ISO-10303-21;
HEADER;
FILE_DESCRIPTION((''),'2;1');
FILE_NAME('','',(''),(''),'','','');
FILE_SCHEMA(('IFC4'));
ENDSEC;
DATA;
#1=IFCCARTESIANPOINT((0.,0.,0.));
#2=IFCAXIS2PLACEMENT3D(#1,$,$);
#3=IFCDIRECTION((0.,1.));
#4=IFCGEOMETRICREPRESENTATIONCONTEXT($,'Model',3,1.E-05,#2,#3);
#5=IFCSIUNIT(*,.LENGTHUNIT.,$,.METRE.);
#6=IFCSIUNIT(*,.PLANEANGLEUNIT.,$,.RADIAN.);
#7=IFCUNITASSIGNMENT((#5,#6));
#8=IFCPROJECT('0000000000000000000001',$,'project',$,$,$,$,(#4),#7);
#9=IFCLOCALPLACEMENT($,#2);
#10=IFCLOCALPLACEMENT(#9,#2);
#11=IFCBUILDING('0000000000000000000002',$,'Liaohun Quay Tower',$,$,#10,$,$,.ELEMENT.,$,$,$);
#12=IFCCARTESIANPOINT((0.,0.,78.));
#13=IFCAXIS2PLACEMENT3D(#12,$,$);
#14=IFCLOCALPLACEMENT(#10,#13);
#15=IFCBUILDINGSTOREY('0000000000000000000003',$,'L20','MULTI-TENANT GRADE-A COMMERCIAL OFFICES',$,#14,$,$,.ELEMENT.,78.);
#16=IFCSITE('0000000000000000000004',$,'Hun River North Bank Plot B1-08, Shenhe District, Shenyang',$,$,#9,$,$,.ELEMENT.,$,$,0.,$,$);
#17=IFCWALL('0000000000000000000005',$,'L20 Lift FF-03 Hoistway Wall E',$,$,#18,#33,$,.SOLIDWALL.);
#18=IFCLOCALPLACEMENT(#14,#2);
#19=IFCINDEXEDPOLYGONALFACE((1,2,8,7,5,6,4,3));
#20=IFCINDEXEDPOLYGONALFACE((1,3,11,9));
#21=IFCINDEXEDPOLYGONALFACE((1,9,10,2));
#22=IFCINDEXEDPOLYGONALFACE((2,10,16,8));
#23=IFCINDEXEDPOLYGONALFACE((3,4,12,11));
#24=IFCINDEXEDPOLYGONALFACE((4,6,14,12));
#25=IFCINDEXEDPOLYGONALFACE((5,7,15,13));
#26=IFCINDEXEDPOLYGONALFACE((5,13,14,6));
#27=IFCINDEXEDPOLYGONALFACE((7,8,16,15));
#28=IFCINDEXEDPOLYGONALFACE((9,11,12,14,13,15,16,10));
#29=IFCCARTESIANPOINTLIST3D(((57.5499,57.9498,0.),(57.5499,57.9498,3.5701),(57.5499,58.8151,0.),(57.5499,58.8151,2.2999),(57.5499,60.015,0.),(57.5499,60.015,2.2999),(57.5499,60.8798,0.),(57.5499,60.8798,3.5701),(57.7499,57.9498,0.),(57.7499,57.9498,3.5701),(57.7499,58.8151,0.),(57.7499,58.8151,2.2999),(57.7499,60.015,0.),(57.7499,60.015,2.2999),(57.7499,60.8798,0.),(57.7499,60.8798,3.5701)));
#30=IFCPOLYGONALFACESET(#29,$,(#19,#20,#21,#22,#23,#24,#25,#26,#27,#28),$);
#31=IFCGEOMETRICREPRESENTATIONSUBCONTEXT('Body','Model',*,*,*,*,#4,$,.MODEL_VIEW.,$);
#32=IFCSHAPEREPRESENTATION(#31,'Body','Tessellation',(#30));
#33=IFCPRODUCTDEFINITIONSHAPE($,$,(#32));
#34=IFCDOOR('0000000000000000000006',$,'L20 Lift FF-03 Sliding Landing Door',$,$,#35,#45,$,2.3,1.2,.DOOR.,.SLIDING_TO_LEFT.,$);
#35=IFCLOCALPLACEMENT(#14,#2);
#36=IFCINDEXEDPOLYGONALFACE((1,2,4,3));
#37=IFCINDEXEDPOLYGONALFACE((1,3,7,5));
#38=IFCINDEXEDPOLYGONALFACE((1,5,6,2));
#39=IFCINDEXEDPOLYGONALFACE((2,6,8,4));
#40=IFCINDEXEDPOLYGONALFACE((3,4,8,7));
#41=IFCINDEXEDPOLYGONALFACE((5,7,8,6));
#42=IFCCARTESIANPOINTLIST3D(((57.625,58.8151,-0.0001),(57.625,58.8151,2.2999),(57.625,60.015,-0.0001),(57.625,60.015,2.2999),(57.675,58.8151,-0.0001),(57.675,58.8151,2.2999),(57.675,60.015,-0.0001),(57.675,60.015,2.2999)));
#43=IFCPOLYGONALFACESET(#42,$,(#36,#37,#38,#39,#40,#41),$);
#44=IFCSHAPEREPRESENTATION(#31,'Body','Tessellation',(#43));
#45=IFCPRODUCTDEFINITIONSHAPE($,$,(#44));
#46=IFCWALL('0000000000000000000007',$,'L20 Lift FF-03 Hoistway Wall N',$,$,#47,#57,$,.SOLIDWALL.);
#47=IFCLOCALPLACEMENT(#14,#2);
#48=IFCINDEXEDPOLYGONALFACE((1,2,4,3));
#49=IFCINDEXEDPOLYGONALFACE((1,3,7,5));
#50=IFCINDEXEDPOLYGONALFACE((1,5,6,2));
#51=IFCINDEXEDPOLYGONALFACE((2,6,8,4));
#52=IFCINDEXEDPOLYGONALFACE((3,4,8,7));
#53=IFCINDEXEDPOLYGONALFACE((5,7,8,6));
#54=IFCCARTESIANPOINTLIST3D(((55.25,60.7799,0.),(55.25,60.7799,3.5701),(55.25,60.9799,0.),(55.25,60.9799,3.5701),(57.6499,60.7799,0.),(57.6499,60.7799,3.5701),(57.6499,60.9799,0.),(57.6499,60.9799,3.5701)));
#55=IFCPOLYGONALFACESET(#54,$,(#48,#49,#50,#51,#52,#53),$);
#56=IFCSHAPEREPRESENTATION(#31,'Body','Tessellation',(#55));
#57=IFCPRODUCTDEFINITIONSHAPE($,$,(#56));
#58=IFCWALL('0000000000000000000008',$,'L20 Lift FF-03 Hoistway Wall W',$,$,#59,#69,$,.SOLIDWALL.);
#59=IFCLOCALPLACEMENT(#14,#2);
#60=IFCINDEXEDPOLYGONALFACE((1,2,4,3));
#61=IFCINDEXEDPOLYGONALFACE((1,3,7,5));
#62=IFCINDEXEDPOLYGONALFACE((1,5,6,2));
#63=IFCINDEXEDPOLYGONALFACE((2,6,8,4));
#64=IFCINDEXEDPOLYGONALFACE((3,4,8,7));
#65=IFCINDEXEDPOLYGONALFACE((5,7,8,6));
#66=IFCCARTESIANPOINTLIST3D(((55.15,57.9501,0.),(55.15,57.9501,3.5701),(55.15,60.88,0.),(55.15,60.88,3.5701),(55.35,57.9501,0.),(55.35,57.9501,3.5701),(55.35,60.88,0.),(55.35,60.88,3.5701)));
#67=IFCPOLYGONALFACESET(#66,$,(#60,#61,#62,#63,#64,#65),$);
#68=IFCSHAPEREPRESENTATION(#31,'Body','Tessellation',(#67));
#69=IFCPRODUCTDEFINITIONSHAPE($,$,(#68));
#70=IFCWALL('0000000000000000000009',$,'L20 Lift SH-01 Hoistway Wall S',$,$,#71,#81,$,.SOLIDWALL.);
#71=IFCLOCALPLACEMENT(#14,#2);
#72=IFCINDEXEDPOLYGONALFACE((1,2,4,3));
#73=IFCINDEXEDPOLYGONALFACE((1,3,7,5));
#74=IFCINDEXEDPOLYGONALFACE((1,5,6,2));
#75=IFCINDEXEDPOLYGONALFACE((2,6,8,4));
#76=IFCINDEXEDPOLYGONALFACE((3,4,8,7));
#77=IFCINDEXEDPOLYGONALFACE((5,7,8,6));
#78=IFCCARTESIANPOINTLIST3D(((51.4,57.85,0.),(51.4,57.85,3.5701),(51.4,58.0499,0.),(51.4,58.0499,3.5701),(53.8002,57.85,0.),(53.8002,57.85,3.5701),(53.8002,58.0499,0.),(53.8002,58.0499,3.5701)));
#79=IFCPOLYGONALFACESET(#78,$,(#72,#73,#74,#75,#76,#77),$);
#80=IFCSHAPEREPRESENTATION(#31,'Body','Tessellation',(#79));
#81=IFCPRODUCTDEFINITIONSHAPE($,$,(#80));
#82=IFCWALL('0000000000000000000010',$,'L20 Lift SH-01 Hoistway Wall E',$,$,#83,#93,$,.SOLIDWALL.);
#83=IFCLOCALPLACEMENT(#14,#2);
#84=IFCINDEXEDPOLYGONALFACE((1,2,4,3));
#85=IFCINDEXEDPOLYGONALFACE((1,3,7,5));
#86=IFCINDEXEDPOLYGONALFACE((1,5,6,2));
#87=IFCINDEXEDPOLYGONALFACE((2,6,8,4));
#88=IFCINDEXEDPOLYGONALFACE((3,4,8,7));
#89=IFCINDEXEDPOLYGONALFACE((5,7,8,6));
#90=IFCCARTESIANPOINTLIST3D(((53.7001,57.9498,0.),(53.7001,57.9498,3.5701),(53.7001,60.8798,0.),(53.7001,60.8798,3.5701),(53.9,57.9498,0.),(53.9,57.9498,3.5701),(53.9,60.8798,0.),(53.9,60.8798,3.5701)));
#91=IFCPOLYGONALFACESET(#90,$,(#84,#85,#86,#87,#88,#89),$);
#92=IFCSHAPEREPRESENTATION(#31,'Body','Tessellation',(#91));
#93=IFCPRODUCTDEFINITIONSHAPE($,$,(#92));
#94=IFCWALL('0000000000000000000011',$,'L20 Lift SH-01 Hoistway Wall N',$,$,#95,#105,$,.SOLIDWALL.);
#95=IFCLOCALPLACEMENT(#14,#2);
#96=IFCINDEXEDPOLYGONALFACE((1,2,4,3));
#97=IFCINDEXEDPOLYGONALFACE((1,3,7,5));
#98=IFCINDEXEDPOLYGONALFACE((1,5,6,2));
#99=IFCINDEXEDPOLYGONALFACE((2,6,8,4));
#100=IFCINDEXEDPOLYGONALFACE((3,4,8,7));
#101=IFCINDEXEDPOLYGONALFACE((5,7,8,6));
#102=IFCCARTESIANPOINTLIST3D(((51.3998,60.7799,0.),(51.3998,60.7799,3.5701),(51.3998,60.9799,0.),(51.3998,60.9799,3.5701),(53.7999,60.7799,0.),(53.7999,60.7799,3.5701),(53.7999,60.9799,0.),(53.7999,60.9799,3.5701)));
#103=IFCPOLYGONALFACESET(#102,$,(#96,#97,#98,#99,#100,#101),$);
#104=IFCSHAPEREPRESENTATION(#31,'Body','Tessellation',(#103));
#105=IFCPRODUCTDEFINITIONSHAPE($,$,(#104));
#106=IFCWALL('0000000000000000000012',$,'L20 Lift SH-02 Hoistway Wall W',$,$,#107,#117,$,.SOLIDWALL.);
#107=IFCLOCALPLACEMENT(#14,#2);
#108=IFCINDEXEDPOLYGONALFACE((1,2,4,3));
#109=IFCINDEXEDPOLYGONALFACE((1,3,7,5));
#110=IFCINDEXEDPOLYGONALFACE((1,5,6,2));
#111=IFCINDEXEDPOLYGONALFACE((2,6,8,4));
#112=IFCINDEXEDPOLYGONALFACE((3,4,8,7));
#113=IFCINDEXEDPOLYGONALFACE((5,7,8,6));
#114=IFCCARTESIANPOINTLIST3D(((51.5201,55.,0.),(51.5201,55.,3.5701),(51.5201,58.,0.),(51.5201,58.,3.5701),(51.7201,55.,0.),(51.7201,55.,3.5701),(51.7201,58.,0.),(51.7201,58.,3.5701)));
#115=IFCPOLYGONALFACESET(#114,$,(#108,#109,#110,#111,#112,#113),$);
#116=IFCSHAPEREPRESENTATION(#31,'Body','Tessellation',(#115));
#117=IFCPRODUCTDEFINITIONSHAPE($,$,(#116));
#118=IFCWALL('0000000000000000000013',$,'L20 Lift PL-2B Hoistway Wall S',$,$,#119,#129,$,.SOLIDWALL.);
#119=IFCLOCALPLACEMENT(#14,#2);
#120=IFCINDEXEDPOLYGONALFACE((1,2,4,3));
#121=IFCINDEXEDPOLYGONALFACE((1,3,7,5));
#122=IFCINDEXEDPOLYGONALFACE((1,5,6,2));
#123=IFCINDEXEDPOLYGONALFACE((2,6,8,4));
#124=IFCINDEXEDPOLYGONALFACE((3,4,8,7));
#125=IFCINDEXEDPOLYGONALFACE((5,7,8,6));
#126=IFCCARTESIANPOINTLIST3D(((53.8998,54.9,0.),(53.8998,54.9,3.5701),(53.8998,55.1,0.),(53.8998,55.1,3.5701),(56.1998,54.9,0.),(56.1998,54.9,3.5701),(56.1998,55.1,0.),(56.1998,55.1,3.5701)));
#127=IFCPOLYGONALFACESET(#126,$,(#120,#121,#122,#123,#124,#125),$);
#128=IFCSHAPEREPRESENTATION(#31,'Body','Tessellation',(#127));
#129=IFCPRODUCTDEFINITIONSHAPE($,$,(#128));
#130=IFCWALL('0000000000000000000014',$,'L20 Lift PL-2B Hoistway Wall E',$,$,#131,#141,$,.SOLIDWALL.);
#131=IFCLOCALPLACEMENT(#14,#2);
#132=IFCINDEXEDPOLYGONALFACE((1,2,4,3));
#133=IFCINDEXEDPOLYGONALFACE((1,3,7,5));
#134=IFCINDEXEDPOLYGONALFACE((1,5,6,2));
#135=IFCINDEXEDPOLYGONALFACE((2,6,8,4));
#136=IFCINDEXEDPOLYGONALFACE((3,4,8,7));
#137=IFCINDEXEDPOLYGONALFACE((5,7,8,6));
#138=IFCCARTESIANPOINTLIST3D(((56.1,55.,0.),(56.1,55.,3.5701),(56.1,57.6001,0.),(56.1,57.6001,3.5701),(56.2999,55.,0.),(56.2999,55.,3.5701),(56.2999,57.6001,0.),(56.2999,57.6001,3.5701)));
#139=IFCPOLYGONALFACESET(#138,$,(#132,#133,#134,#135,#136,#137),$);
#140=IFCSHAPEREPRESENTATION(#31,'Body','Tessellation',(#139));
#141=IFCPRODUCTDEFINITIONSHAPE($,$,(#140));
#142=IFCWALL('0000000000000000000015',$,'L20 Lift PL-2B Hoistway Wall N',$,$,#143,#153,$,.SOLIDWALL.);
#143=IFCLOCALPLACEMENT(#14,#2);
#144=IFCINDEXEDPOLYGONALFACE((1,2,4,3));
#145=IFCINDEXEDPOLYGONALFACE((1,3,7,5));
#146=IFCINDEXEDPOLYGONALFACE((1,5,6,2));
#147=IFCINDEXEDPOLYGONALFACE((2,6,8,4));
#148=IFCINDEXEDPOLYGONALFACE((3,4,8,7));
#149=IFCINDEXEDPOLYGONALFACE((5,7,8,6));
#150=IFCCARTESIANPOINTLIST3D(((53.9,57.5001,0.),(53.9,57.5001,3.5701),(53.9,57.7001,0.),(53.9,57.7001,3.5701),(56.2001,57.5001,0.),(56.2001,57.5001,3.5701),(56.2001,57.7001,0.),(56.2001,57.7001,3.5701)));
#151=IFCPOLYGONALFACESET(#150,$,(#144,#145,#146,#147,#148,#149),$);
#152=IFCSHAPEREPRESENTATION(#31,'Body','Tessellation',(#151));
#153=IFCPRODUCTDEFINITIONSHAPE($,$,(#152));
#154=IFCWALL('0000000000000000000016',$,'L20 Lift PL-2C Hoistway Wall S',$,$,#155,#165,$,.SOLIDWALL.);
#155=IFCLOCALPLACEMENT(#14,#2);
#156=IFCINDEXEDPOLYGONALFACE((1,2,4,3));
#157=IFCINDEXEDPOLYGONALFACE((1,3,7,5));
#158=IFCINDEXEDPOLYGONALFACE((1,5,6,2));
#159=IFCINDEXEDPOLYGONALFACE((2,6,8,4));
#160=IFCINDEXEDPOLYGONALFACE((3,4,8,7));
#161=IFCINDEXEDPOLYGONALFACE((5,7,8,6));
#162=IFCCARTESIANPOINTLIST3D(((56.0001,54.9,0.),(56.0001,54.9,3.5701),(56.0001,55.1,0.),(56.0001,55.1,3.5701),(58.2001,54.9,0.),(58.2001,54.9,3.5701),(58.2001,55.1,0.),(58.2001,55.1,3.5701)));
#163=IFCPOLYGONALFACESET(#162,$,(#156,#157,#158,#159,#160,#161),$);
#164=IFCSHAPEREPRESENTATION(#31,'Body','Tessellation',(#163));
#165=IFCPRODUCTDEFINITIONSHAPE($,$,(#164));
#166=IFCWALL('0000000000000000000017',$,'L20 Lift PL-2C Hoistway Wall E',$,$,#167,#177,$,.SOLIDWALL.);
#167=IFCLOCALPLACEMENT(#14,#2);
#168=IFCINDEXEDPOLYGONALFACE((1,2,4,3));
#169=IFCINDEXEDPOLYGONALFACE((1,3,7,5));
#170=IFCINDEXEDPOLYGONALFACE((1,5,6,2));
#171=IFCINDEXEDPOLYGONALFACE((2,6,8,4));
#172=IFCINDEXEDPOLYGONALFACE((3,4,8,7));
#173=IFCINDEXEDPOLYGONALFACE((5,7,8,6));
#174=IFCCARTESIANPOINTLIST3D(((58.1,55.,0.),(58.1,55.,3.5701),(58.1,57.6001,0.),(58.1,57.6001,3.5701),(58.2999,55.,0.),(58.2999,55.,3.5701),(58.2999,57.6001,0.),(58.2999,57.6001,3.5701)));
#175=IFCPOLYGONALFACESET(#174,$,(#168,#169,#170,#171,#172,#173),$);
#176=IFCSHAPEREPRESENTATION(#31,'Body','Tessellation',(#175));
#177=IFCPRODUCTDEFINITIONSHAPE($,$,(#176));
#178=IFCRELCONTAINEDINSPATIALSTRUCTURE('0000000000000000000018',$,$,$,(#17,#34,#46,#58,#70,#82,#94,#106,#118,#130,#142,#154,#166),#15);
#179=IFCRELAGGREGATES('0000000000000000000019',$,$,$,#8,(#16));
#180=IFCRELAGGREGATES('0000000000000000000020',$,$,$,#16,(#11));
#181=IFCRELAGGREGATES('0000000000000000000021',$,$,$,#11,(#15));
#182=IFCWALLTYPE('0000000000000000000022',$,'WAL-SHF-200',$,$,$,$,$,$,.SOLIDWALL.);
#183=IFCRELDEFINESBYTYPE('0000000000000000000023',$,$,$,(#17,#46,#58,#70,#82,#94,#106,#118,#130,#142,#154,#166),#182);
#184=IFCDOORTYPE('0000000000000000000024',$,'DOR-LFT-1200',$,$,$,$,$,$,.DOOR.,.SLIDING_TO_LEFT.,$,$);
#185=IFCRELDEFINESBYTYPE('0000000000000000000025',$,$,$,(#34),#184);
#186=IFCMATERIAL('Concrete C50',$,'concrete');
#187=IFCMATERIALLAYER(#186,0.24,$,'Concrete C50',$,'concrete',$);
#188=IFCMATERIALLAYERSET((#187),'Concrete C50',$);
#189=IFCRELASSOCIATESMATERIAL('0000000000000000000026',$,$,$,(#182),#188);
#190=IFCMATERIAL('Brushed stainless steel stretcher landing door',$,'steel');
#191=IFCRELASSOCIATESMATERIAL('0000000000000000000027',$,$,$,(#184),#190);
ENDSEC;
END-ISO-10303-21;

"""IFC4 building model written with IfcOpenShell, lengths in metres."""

from ifc_helpers import new_model, si_unit, direction, frame, frame_2d, origin, place, context, subcontext, project, spatial, rectangle, extrude, source, transform, mapped, material, layer, layer_set, type_object, element, fill, save


model = new_model("IFC4")

# Units and contexts
model_context = context("Model", 3, precision=1e-05, world=origin(), true_north=direction((0.0, 1.0)))
body_context = subcontext(model_context, "Body", "Model", "MODEL_VIEW")
ifc_project = project(units=[si_unit("LENGTHUNIT", "METRE"), si_unit("PLANEANGLEUNIT", "RADIAN")], contexts=[model_context])

# Site, building, storey
site_placement = place(None, origin())
site = spatial("IfcSite", under=ifc_project, at=site_placement, Name="Hun River North Bank Plot B1-08, Shenhe District, Shenyang", CompositionType="ELEMENT", RefElevation=0.0)
building_placement = place(site_placement, origin())
building = spatial("IfcBuilding", under=site, at=building_placement, Name="Liaohun Quay Tower", CompositionType="ELEMENT")
storey_placement = place(building_placement, frame((0.0, 0.0, 78.0)))
storey = spatial("IfcBuildingStorey", under=building, at=storey_placement, Name="L20", Description="MULTI-TENANT GRADE-A COMMERCIAL OFFICES", CompositionType="ELEMENT", Elevation=78.0)

# Shared definitions
ifc_material_1 = material(Name="Concrete C50", Category="concrete")
ifc_layer_1 = layer(ifc_material_1, 0.24, Name="Concrete C50", Category="concrete")
ifc_layer_set_1 = layer_set([ifc_layer_1], Name="Concrete C50")
wall_type_1 = type_object("IfcWallType", Name="WAL-SHF-200", PredefinedType="SOLIDWALL", material=ifc_layer_set_1)

# Wall, opening, door
wall_1_placement = place(storey_placement, frame((57.6499, 57.95, 0.0), z_axis=(0.0, 0.0, 1.0), x_axis=(0.0, 1.0, 0.0)))
wall_1 = element("IfcWall", 1, at=wall_1_placement, inside=storey, type_object=wall_type_1, Name="L20 Lift FF-03 Hoistway Wall E", PredefinedType="SOLIDWALL", context=body_context, shape_type="SweptSolid", body=[
    extrude(rectangle(XDim=2.9299, YDim=0.2, at=frame_2d((1.4648, 0.0))), origin(), (0.0, 0.0, 1.0), 3.5701),
])
shared_shape_1 = source(origin(), body_context, "Body", "SweptSolid", [
    extrude(rectangle(XDim=1.2, YDim=2.3, at=frame_2d((0.6001, 1.1499))), frame((0.0, 0.1099, 0.0), z_axis=(0.0, -1.0, 0.0), x_axis=(1.0, 0.0, 0.0)), (0.0, 0.0, 1.0), 0.22),
])
opening_1_placement = place(wall_1_placement, frame((0.865, 0.0, 0.0)))
opening_1 = element("IfcOpeningElement", 2, at=opening_1_placement, cuts=wall_1, PredefinedType="OPENING", context=body_context, shape_type="MappedRepresentation", body=[
    mapped(shared_shape_1, transform((0.0, 0.0, 0.0), x_axis=(1.0, 0.0, 0.0), y_axis=(0.0, 1.0, 0.0), z_axis=(0.0, 0.0, 1.0), scale=1.0)),
])
ifc_material_2 = material(Name="Brushed stainless steel stretcher landing door", Category="steel")
door_type = type_object("IfcDoorType", Name="DOR-LFT-1200", OperationType="SLIDING_TO_LEFT", PredefinedType="DOOR", material=ifc_material_2)
shared_shape_2 = source(origin(), body_context, "Body", "SweptSolid", [
    extrude(rectangle(XDim=1.2, YDim=2.3, at=frame_2d((0.6001, 1.1499))), frame((0.0, 0.0249, 0.0), z_axis=(0.0, -1.0, 0.0), x_axis=(1.0, 0.0, 0.0)), (0.0, 0.0, 1.0), 0.05),
])
door_placement = place(opening_1_placement, origin())
door = element("IfcDoor", 3, at=door_placement, inside=storey, type_object=door_type, Name="L20 Lift FF-03 Sliding Landing Door", OperationType="SLIDING_TO_LEFT", OverallHeight=2.3, OverallWidth=1.2, PredefinedType="DOOR", context=body_context, shape_type="MappedRepresentation", body=[
    mapped(shared_shape_2, transform((0.0, 0.0, 0.0), x_axis=(1.0, 0.0, 0.0), y_axis=(0.0, 1.0, 0.0), z_axis=(0.0, 0.0, 1.0), scale=1.0)),
])
fill(opening_1, door)

# Walls
wall_2_placement = place(storey_placement, frame((57.6499, 60.8799, 0.0), z_axis=(0.0, 0.0, 1.0), x_axis=(-1.0, 0.0, 0.0)))
element("IfcWall", 4, at=wall_2_placement, inside=storey, type_object=wall_type_1, Name="L20 Lift FF-03 Hoistway Wall N", PredefinedType="SOLIDWALL", context=body_context, shape_type="SweptSolid", body=[
    extrude(rectangle(XDim=2.3999, YDim=0.2, at=frame_2d((1.2, 0.0))), origin(), (0.0, 0.0, 1.0), 3.5701),
])
wall_3_placement = place(storey_placement, frame((55.25, 60.8799, 0.0), z_axis=(0.0, 0.0, 1.0), x_axis=(0.0, -1.0, 0.0)))
element("IfcWall", 5, at=wall_3_placement, inside=storey, type_object=wall_type_1, Name="L20 Lift FF-03 Hoistway Wall W", PredefinedType="SOLIDWALL", context=body_context, shape_type="SweptSolid", body=[
    extrude(rectangle(XDim=2.9299, YDim=0.2, at=frame_2d((1.4648, 0.0))), origin(), (0.0, 0.0, 1.0), 3.5701),
])
wall_4_placement = place(storey_placement, frame((51.3999, 57.95, 0.0), z_axis=(0.0, 0.0, 1.0), x_axis=(1.0, 0.0, 0.0)))
element("IfcWall", 6, at=wall_4_placement, inside=storey, type_object=wall_type_1, Name="L20 Lift SH-01 Hoistway Wall S", PredefinedType="SOLIDWALL", context=body_context, shape_type="SweptSolid", body=[
    extrude(rectangle(XDim=2.4001, YDim=0.2, at=frame_2d((1.2002, 0.0))), origin(), (0.0, 0.0, 1.0), 3.5701),
])
wall_5_placement = place(storey_placement, frame((53.8, 57.95, 0.0), z_axis=(0.0, 0.0, 1.0), x_axis=(0.0, 1.0, 0.0)))
element("IfcWall", 7, at=wall_5_placement, inside=storey, type_object=wall_type_1, Name="L20 Lift SH-01 Hoistway Wall E", PredefinedType="SOLIDWALL", context=body_context, shape_type="SweptSolid", body=[
    extrude(rectangle(XDim=2.9299, YDim=0.2, at=frame_2d((1.4648, 0.0))), origin(), (0.0, 0.0, 1.0), 3.5701),
])
wall_6_placement = place(storey_placement, frame((53.8, 60.8799, 0.0), z_axis=(0.0, 0.0, 1.0), x_axis=(-1.0, 0.0, 0.0)))
element("IfcWall", 8, at=wall_6_placement, inside=storey, type_object=wall_type_1, Name="L20 Lift SH-01 Hoistway Wall N", PredefinedType="SOLIDWALL", context=body_context, shape_type="SweptSolid", body=[
    extrude(rectangle(XDim=2.4001, YDim=0.2, at=frame_2d((1.2002, 0.0))), origin(), (0.0, 0.0, 1.0), 3.5701),
])
wall_7_placement = place(storey_placement, frame((51.6201, 58.0, 0.0), z_axis=(0.0, 0.0, 1.0), x_axis=(0.0, -1.0, 0.0)))
element("IfcWall", 9, at=wall_7_placement, inside=storey, type_object=wall_type_1, Name="L20 Lift SH-02 Hoistway Wall W", PredefinedType="SOLIDWALL", context=body_context, shape_type="SweptSolid", body=[
    extrude(rectangle(XDim=3.0, YDim=0.2, at=frame_2d((1.5, 0.0))), origin(), (0.0, 0.0, 1.0), 3.5701),
])
wall_8_placement = place(storey_placement, frame((53.8999, 55.0, 0.0), z_axis=(0.0, 0.0, 1.0), x_axis=(1.0, 0.0, 0.0)))
element("IfcWall", 10, at=wall_8_placement, inside=storey, type_object=wall_type_1, Name="L20 Lift PL-2B Hoistway Wall S", PredefinedType="SOLIDWALL", context=body_context, shape_type="SweptSolid", body=[
    extrude(rectangle(XDim=2.3, YDim=0.2, at=frame_2d((1.1499, 0.0))), origin(), (0.0, 0.0, 1.0), 3.5701),
])
wall_9_placement = place(storey_placement, frame((56.2, 55.0, 0.0), z_axis=(0.0, 0.0, 1.0), x_axis=(0.0, 1.0, 0.0)))
element("IfcWall", 11, at=wall_9_placement, inside=storey, type_object=wall_type_1, Name="L20 Lift PL-2B Hoistway Wall E", PredefinedType="SOLIDWALL", context=body_context, shape_type="SweptSolid", body=[
    extrude(rectangle(XDim=2.6001, YDim=0.2, at=frame_2d((1.3, 0.0))), origin(), (0.0, 0.0, 1.0), 3.5701),
])
wall_10_placement = place(storey_placement, frame((56.2, 57.6001, 0.0), z_axis=(0.0, 0.0, 1.0), x_axis=(-1.0, 0.0, 0.0)))
element("IfcWall", 12, at=wall_10_placement, inside=storey, type_object=wall_type_1, Name="L20 Lift PL-2B Hoistway Wall N", PredefinedType="SOLIDWALL", context=body_context, shape_type="SweptSolid", body=[
    extrude(rectangle(XDim=2.3, YDim=0.2, at=frame_2d((1.1499, 0.0))), origin(), (0.0, 0.0, 1.0), 3.5701),
])
wall_11_placement = place(storey_placement, frame((56.0, 55.0, 0.0), z_axis=(0.0, 0.0, 1.0), x_axis=(1.0, 0.0, 0.0)))
element("IfcWall", 13, at=wall_11_placement, inside=storey, type_object=wall_type_1, Name="L20 Lift PL-2C Hoistway Wall S", PredefinedType="SOLIDWALL", context=body_context, shape_type="SweptSolid", body=[
    extrude(rectangle(XDim=2.2, YDim=0.2, at=frame_2d((1.1001, 0.0))), origin(), (0.0, 0.0, 1.0), 3.5701),
])
wall_12_placement = place(storey_placement, frame((58.2, 55.0, 0.0), z_axis=(0.0, 0.0, 1.0), x_axis=(0.0, 1.0, 0.0)))
element("IfcWall", 14, at=wall_12_placement, inside=storey, type_object=wall_type_1, Name="L20 Lift PL-2C Hoistway Wall E", PredefinedType="SOLIDWALL", context=body_context, shape_type="SweptSolid", body=[
    extrude(rectangle(XDim=2.6001, YDim=0.2, at=frame_2d((1.3, 0.0))), origin(), (0.0, 0.0, 1.0), 3.5701),
])

save(model, "model.ifc")
